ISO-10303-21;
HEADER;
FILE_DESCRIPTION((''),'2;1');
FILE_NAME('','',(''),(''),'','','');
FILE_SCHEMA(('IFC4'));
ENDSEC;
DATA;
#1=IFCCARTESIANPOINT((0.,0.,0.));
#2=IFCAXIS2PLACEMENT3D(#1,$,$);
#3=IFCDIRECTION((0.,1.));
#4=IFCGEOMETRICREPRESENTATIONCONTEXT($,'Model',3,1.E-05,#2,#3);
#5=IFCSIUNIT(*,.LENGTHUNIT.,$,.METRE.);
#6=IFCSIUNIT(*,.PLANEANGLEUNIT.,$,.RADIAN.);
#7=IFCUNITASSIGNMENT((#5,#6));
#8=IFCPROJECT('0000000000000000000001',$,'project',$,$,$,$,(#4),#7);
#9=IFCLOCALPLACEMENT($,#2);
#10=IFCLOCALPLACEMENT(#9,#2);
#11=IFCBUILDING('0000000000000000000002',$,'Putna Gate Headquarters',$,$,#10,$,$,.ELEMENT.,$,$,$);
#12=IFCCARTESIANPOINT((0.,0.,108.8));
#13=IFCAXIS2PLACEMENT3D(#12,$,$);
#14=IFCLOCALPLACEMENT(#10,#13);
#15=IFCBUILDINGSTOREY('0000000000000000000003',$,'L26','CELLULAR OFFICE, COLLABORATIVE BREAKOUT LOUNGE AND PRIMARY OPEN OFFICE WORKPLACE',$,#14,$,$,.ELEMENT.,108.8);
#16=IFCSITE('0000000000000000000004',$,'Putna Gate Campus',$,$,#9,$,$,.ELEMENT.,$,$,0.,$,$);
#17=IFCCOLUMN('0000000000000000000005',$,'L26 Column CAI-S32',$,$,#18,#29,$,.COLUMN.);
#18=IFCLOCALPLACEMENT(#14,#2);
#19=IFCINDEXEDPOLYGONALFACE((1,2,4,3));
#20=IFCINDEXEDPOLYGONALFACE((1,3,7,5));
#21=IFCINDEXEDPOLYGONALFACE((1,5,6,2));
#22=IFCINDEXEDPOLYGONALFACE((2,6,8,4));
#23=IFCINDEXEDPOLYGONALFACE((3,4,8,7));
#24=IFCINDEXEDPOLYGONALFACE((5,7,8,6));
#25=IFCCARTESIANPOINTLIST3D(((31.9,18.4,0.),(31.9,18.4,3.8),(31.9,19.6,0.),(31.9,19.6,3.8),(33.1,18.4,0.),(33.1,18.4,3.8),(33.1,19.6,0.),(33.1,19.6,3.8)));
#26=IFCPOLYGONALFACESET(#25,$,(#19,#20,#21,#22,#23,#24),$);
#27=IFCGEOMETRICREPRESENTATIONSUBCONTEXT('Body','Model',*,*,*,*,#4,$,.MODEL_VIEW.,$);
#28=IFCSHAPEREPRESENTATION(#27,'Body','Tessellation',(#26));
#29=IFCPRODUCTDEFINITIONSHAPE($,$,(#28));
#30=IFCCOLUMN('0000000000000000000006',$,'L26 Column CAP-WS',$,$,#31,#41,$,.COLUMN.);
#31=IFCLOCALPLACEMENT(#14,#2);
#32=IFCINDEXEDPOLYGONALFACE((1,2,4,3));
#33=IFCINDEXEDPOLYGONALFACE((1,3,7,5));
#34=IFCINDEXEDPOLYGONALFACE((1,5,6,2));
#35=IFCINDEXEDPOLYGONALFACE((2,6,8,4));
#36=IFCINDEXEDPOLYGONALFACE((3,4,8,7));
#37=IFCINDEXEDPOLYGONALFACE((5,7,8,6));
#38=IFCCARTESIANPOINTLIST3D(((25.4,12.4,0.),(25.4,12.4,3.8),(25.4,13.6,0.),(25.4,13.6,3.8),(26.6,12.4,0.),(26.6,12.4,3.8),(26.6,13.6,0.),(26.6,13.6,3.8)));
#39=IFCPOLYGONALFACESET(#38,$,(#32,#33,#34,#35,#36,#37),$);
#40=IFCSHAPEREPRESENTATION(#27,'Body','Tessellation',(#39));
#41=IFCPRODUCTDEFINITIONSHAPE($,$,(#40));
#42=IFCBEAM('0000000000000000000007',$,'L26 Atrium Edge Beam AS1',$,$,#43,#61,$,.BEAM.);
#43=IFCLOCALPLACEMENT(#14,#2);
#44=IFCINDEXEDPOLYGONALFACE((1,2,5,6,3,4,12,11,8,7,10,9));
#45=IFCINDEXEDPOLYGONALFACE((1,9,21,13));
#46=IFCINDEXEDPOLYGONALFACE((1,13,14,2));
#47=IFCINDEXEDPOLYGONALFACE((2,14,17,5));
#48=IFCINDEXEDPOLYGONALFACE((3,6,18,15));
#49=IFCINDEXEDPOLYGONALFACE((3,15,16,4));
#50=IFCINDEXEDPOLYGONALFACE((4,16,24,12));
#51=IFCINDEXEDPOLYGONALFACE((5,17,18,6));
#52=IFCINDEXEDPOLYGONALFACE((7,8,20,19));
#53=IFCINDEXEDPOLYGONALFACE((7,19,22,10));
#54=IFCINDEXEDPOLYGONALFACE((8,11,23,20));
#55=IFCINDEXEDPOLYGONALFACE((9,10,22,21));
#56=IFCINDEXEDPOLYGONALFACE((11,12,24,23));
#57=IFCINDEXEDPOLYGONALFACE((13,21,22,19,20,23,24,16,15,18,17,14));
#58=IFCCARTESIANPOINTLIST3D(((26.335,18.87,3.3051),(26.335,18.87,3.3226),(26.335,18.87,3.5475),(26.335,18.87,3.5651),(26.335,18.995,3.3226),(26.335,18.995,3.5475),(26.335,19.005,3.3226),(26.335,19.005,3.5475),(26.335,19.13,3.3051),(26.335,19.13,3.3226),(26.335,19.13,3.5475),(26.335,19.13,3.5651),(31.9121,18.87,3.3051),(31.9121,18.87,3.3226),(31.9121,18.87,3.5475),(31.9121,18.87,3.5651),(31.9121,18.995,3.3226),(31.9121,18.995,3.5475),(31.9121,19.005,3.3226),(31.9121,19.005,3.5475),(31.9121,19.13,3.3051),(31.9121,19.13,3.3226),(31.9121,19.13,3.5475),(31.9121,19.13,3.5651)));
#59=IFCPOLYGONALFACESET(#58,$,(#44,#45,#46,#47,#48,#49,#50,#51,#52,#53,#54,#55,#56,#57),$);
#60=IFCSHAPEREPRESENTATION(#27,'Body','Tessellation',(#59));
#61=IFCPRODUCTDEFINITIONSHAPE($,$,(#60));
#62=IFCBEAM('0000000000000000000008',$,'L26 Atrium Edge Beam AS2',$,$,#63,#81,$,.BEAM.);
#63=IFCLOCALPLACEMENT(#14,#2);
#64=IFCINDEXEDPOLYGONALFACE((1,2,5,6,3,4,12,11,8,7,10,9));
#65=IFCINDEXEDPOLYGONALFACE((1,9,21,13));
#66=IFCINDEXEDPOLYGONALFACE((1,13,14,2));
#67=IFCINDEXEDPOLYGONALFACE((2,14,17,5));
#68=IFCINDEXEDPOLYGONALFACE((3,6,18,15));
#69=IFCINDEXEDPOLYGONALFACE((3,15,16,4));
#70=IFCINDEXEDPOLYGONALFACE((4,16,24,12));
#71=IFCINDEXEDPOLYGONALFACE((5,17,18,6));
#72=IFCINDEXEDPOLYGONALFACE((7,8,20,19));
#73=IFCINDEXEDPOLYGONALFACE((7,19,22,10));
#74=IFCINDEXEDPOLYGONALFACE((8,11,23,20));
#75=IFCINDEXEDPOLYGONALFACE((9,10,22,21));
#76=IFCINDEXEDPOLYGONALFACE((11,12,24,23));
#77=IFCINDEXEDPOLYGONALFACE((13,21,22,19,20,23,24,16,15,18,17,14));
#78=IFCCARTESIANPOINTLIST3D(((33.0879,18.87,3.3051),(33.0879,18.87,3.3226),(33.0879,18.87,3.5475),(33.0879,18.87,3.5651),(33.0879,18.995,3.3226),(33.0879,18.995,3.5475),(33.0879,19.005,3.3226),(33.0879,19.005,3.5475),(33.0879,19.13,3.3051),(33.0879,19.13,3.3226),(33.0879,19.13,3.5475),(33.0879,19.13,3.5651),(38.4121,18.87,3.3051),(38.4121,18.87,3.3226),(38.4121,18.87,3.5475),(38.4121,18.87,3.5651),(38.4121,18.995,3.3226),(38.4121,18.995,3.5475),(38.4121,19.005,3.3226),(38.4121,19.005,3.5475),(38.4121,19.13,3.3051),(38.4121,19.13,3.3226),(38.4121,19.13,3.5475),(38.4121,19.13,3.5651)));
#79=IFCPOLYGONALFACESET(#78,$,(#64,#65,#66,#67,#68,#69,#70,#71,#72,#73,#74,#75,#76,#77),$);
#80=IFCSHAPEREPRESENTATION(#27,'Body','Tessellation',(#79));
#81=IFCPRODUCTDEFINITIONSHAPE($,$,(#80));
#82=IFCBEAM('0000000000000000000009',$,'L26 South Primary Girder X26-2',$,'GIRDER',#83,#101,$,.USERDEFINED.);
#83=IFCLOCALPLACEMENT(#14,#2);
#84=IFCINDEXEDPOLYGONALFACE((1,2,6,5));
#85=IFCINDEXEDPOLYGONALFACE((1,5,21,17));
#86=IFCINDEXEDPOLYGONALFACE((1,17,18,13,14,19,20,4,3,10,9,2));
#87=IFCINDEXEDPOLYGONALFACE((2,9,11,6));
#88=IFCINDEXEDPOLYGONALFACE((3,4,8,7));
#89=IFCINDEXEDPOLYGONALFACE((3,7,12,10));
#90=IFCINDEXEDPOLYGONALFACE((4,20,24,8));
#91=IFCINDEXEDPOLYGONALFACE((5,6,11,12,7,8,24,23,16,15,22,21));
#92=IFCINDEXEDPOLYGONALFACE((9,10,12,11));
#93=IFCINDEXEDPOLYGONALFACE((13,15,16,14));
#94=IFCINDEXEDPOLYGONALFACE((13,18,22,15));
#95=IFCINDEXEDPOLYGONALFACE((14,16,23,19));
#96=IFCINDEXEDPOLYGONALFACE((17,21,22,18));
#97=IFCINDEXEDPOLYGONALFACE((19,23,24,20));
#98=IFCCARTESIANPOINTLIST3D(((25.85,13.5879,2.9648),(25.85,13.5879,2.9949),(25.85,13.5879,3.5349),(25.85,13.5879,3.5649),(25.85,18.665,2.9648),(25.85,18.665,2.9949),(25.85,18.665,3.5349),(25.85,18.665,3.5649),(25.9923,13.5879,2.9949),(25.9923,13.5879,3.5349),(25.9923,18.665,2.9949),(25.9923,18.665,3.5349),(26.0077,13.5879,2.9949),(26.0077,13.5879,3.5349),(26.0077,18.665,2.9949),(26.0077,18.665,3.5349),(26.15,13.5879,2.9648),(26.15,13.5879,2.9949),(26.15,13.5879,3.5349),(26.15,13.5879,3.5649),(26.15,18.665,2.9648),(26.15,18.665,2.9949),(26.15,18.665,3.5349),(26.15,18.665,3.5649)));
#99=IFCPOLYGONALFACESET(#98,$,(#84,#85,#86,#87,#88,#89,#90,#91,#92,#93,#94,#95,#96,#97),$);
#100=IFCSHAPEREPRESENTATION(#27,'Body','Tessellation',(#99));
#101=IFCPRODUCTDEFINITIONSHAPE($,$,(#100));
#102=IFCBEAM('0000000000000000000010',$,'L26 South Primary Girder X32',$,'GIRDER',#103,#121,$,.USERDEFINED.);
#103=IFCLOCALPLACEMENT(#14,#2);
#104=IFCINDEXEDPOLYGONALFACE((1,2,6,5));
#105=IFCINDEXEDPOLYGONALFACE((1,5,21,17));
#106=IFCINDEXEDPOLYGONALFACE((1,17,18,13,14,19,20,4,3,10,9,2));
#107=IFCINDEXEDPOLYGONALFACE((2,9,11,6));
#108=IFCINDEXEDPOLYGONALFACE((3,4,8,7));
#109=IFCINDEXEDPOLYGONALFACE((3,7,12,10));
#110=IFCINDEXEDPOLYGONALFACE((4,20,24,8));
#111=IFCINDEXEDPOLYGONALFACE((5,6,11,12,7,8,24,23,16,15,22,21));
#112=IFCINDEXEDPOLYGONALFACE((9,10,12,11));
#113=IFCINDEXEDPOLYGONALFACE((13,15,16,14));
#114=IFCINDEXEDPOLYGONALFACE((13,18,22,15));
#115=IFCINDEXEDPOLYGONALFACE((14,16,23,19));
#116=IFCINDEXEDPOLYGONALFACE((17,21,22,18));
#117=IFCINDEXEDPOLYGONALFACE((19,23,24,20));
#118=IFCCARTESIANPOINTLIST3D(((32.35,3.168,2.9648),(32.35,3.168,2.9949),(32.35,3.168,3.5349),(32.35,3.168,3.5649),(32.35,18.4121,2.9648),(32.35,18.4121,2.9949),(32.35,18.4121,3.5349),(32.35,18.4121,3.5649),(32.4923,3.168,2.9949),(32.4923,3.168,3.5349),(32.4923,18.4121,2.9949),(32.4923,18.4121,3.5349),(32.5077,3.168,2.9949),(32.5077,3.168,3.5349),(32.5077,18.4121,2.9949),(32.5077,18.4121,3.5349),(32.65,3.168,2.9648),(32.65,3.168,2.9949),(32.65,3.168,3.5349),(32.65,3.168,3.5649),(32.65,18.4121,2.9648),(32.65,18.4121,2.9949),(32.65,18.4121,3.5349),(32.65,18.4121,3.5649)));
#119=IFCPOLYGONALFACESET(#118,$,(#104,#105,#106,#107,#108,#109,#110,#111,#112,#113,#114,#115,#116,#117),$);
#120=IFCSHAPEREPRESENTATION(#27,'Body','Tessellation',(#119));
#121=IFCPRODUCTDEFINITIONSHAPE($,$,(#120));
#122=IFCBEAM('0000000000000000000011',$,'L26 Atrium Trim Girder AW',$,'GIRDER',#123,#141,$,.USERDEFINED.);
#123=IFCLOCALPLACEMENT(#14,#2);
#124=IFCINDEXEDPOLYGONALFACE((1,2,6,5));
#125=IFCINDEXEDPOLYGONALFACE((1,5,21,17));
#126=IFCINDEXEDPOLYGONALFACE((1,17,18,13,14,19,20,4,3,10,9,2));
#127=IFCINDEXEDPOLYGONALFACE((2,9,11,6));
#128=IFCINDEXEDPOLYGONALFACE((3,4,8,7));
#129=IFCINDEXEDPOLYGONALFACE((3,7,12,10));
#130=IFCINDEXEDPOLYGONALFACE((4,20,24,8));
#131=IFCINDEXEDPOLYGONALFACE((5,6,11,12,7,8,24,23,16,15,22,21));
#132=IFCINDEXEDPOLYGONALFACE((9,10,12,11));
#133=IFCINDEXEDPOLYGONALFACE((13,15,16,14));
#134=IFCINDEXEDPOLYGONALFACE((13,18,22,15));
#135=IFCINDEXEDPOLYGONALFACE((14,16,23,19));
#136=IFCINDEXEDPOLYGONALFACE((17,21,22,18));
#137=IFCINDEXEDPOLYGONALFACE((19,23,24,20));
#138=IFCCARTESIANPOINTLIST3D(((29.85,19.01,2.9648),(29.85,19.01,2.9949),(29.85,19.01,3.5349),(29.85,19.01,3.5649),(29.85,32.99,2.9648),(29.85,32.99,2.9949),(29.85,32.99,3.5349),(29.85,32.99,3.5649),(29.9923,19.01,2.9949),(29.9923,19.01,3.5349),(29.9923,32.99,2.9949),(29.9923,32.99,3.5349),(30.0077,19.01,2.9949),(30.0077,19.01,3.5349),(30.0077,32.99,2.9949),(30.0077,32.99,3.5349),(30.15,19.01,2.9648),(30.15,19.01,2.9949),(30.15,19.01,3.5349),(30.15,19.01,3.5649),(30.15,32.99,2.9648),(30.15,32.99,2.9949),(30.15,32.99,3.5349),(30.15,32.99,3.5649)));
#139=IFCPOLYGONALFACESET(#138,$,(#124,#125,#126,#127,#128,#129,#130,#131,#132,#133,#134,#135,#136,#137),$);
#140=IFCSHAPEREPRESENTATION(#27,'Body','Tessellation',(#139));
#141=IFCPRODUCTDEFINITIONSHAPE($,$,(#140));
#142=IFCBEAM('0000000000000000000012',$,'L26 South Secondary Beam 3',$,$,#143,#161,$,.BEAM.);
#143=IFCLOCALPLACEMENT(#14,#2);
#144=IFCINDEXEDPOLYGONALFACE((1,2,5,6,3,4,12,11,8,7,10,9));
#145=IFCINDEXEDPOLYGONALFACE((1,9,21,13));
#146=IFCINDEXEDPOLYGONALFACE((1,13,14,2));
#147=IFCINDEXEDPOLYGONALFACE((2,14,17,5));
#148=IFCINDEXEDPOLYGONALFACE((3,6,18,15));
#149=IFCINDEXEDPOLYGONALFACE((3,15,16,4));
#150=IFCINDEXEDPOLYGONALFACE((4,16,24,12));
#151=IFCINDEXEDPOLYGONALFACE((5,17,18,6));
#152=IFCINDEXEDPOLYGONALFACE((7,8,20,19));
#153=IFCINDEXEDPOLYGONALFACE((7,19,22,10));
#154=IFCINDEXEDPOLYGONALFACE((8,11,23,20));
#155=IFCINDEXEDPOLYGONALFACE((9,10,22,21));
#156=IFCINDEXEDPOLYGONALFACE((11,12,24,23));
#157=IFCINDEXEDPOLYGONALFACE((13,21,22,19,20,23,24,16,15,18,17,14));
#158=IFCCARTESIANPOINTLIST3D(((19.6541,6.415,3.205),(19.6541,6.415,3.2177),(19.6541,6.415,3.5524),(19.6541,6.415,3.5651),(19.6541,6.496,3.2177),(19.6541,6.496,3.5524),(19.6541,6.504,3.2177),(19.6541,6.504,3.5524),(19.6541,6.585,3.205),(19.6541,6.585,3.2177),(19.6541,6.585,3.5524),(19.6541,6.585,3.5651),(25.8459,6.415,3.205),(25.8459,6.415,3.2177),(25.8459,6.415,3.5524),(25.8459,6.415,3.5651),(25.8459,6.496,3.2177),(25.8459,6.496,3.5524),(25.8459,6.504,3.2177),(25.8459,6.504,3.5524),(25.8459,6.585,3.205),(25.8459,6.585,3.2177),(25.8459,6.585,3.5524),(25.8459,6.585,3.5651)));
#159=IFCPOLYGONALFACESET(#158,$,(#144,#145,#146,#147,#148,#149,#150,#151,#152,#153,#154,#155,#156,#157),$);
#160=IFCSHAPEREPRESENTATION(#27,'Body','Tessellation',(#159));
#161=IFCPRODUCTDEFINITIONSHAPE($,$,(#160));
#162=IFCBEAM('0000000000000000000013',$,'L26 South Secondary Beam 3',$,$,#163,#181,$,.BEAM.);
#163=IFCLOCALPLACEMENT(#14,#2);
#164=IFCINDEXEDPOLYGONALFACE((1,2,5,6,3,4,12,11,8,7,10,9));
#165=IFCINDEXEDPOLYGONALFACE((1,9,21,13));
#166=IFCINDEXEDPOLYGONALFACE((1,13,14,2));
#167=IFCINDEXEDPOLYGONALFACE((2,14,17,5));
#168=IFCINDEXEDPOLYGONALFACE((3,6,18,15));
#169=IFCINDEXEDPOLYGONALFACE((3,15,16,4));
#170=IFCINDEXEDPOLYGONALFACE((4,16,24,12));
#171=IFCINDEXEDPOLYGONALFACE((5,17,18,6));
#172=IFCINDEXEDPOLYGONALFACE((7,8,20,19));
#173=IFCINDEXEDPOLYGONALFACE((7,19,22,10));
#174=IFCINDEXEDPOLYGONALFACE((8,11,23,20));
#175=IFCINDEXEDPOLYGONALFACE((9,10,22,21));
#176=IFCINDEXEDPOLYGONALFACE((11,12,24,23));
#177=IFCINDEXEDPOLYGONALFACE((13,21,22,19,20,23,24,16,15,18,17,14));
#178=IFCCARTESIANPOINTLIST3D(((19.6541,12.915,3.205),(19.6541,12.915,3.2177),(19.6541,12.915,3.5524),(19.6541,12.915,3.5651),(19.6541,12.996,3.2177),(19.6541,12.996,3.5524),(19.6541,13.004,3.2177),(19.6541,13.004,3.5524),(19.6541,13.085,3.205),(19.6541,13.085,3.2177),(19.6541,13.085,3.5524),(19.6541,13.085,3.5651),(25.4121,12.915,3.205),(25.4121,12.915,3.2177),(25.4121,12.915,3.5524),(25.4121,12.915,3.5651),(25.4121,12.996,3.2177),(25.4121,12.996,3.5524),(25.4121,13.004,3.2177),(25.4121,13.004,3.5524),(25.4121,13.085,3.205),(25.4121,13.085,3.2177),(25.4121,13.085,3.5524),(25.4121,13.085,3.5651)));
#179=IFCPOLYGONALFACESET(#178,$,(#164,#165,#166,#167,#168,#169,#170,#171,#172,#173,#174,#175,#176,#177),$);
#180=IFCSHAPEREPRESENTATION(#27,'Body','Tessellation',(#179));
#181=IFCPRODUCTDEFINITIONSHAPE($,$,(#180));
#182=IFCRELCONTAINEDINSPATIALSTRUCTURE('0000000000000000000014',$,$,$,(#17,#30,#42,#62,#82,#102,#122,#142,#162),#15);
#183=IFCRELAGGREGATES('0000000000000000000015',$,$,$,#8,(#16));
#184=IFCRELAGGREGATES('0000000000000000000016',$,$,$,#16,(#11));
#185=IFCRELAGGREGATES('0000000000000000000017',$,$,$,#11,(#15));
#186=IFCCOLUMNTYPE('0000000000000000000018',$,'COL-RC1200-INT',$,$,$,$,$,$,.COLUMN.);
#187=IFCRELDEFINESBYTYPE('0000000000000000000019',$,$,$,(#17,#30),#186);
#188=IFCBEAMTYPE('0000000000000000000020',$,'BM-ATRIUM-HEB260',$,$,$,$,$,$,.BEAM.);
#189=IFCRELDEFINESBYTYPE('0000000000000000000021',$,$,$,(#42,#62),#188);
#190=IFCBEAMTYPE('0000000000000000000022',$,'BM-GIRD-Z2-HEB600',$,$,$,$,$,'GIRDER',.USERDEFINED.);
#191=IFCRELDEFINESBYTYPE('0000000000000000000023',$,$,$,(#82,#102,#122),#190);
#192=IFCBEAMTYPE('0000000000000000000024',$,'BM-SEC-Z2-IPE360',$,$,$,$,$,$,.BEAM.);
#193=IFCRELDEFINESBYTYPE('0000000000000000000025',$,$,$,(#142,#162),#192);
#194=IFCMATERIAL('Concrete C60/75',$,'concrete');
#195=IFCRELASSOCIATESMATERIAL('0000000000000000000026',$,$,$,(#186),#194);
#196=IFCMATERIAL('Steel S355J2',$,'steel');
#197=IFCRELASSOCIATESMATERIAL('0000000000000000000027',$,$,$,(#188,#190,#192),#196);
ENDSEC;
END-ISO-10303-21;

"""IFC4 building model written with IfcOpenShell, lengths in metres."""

from ifc_helpers import new_model, si_unit, direction, frame, origin, origin_2d, place, context, subcontext, project, spatial, rectangle, i_section, extrude, material, material_profile, profile_set, type_object, element, save


model = new_model("IFC4")

# Units and contexts
model_context = context("Model", 3, precision=1e-05, world=origin(), true_north=direction((0.0, 1.0)))
body_context = subcontext(model_context, "Body", "Model", "MODEL_VIEW")
ifc_project = project(units=[si_unit("LENGTHUNIT", "METRE"), si_unit("PLANEANGLEUNIT", "RADIAN")], contexts=[model_context])

# Site, building, storey
site_placement = place(None, origin())
site = spatial("IfcSite", under=ifc_project, at=site_placement, Name="Putna Gate Campus", CompositionType="ELEMENT", RefElevation=0.0)
building_placement = place(site_placement, origin())
building = spatial("IfcBuilding", under=site, at=building_placement, Name="Putna Gate Headquarters", CompositionType="ELEMENT")
storey_placement = place(building_placement, frame((0.0, 0.0, 108.8)))
storey = spatial("IfcBuildingStorey", under=building, at=storey_placement, Name="L26", Description="CELLULAR OFFICE, COLLABORATIVE BREAKOUT LOUNGE AND PRIMARY OPEN OFFICE WORKPLACE", CompositionType="ELEMENT", Elevation=108.8)

# Columns
ifc_material_1 = material(Name="Concrete C60/75", Category="concrete")
ifc_material_profile_1 = material_profile(ifc_material_1, rectangle(XDim=1.2, YDim=1.2, at=origin_2d()), Name="Concrete C60/75")
ifc_profile_set_1 = profile_set([ifc_material_profile_1], Name="Concrete C60/75")
column_type = type_object("IfcColumnType", Name="COL-RC1200-INT", PredefinedType="COLUMN", material=ifc_profile_set_1)
for number, where, z_axis, x_axis, name in (
    (1, (32.5, 19.0, 0.0), (0.0, 0.0, 1.0), (1.0, 0.0, 0.0), "L26 Column CAI-S32"),
    (2, (26.0, 13.0, 0.0), (0.0, 0.0, 1.0), (1.0, 0.0, 0.0), "L26 Column CAP-WS"),
):
    element("IfcColumn", number, at=place(storey_placement, frame(where, z_axis=z_axis, x_axis=x_axis)), inside=storey, type_object=column_type, Name=name, PredefinedType="COLUMN", context=body_context, shape_type="SweptSolid", body=[
        extrude(rectangle(XDim=1.2, YDim=1.2, at=origin_2d()), origin(), (0.0, 0.0, 1.0), 3.8),
    ])

# Beams
ifc_material_2 = material(Name="Steel S355J2", Category="steel")
ifc_material_profile_2 = material_profile(ifc_material_2, i_section(OverallWidth=0.26, OverallDepth=0.26, WebThickness=0.01, FlangeThickness=0.0176, at=origin_2d()), Name="Steel S355J2")
ifc_profile_set_2 = profile_set([ifc_material_profile_2], Name="Steel S355J2")
beam_type_1 = type_object("IfcBeamType", Name="BM-ATRIUM-HEB260", PredefinedType="BEAM", material=ifc_profile_set_2)
beam_1_placement = place(storey_placement, frame((26.335, 19.0, 3.4351), z_axis=(1.0, 0.0, 0.0), x_axis=(0.0, 1.0, 0.0)))
element("IfcBeam", 3, at=beam_1_placement, inside=storey, type_object=beam_type_1, Name="L26 Atrium Edge Beam AS1", PredefinedType="BEAM", context=body_context, shape_type="SweptSolid", body=[
    extrude(i_section(OverallWidth=0.26, OverallDepth=0.26, WebThickness=0.01, FlangeThickness=0.0176, at=origin_2d()), origin(), (0.0, 0.0, 1.0), 5.5771),
])
beam_2_placement = place(storey_placement, frame((33.0879, 19.0, 3.4351), z_axis=(1.0, 0.0, 0.0), x_axis=(0.0, 1.0, 0.0)))
element("IfcBeam", 4, at=beam_2_placement, inside=storey, type_object=beam_type_1, Name="L26 Atrium Edge Beam AS2", PredefinedType="BEAM", context=body_context, shape_type="SweptSolid", body=[
    extrude(i_section(OverallWidth=0.26, OverallDepth=0.26, WebThickness=0.01, FlangeThickness=0.0176, at=origin_2d()), origin(), (0.0, 0.0, 1.0), 5.3242),
])
ifc_material_profile_3 = material_profile(ifc_material_2, i_section(OverallWidth=0.3, OverallDepth=0.6001, WebThickness=0.0154, FlangeThickness=0.03, at=origin_2d()), Name="Steel S355J2")
ifc_profile_set_3 = profile_set([ifc_material_profile_3], Name="Steel S355J2")
beam_type_2 = type_object("IfcBeamType", Name="BM-GIRD-Z2-HEB600", ElementType="GIRDER", PredefinedType="USERDEFINED", material=ifc_profile_set_3)
beam_3_placement = place(storey_placement, frame((26.0, 13.5879, 3.2649), z_axis=(0.0, 1.0, 0.0), x_axis=(-1.0, 0.0, 0.0)))
element("IfcBeam", 5, at=beam_3_placement, inside=storey, type_object=beam_type_2, Name="L26 South Primary Girder X26-2", ObjectType="GIRDER", PredefinedType="USERDEFINED", context=body_context, shape_type="SweptSolid", body=[
    extrude(i_section(OverallWidth=0.3, OverallDepth=0.6001, WebThickness=0.0154, FlangeThickness=0.03, at=origin_2d()), origin(), (0.0, 0.0, 1.0), 5.0771),
])
beam_4_placement = place(storey_placement, frame((32.5, 3.168, 3.2649), z_axis=(0.0, 1.0, 0.0), x_axis=(-1.0, 0.0, 0.0)))
element("IfcBeam", 6, at=beam_4_placement, inside=storey, type_object=beam_type_2, Name="L26 South Primary Girder X32", ObjectType="GIRDER", PredefinedType="USERDEFINED", context=body_context, shape_type="SweptSolid", body=[
    extrude(i_section(OverallWidth=0.3, OverallDepth=0.6001, WebThickness=0.0154, FlangeThickness=0.03, at=origin_2d()), origin(), (0.0, 0.0, 1.0), 15.2441),
])
beam_5_placement = place(storey_placement, frame((30.0, 19.01, 3.2649), z_axis=(0.0, 1.0, 0.0), x_axis=(-1.0, 0.0, 0.0)))
element("IfcBeam", 7, at=beam_5_placement, inside=storey, type_object=beam_type_2, Name="L26 Atrium Trim Girder AW", ObjectType="GIRDER", PredefinedType="USERDEFINED", context=body_context, shape_type="SweptSolid", body=[
    extrude(i_section(OverallWidth=0.3, OverallDepth=0.6001, WebThickness=0.0154, FlangeThickness=0.03, at=origin_2d()), origin(), (0.0, 0.0, 1.0), 13.98),
])
ifc_material_profile_4 = material_profile(ifc_material_2, i_section(OverallWidth=0.1699, OverallDepth=0.3601, WebThickness=0.0081, FlangeThickness=0.0127, at=origin_2d()), Name="Steel S355J2")
ifc_profile_set_4 = profile_set([ifc_material_profile_4], Name="Steel S355J2")
beam_type_3 = type_object("IfcBeamType", Name="BM-SEC-Z2-IPE360", PredefinedType="BEAM", material=ifc_profile_set_4)
beam_6_placement = place(storey_placement, frame((19.6541, 6.5, 3.385), z_axis=(1.0, 0.0, 0.0), x_axis=(0.0, 1.0, 0.0)))
element("IfcBeam", 8, at=beam_6_placement, inside=storey, type_object=beam_type_3, Name="L26 South Secondary Beam 3", PredefinedType="BEAM", context=body_context, shape_type="SweptSolid", body=[
    extrude(i_section(OverallWidth=0.1699, OverallDepth=0.3601, WebThickness=0.0081, FlangeThickness=0.0127, at=origin_2d()), origin(), (0.0, 0.0, 1.0), 6.1919),
])
beam_7_placement = place(storey_placement, frame((19.6541, 13.0, 3.385), z_axis=(1.0, 0.0, 0.0), x_axis=(0.0, 1.0, 0.0)))
element("IfcBeam", 9, at=beam_7_placement, inside=storey, type_object=beam_type_3, Name="L26 South Secondary Beam 3", PredefinedType="BEAM", context=body_context, shape_type="SweptSolid", body=[
    extrude(i_section(OverallWidth=0.1699, OverallDepth=0.3601, WebThickness=0.0081, FlangeThickness=0.0127, at=origin_2d()), origin(), (0.0, 0.0, 1.0), 5.7581),
])

save(model, "model.ifc")
